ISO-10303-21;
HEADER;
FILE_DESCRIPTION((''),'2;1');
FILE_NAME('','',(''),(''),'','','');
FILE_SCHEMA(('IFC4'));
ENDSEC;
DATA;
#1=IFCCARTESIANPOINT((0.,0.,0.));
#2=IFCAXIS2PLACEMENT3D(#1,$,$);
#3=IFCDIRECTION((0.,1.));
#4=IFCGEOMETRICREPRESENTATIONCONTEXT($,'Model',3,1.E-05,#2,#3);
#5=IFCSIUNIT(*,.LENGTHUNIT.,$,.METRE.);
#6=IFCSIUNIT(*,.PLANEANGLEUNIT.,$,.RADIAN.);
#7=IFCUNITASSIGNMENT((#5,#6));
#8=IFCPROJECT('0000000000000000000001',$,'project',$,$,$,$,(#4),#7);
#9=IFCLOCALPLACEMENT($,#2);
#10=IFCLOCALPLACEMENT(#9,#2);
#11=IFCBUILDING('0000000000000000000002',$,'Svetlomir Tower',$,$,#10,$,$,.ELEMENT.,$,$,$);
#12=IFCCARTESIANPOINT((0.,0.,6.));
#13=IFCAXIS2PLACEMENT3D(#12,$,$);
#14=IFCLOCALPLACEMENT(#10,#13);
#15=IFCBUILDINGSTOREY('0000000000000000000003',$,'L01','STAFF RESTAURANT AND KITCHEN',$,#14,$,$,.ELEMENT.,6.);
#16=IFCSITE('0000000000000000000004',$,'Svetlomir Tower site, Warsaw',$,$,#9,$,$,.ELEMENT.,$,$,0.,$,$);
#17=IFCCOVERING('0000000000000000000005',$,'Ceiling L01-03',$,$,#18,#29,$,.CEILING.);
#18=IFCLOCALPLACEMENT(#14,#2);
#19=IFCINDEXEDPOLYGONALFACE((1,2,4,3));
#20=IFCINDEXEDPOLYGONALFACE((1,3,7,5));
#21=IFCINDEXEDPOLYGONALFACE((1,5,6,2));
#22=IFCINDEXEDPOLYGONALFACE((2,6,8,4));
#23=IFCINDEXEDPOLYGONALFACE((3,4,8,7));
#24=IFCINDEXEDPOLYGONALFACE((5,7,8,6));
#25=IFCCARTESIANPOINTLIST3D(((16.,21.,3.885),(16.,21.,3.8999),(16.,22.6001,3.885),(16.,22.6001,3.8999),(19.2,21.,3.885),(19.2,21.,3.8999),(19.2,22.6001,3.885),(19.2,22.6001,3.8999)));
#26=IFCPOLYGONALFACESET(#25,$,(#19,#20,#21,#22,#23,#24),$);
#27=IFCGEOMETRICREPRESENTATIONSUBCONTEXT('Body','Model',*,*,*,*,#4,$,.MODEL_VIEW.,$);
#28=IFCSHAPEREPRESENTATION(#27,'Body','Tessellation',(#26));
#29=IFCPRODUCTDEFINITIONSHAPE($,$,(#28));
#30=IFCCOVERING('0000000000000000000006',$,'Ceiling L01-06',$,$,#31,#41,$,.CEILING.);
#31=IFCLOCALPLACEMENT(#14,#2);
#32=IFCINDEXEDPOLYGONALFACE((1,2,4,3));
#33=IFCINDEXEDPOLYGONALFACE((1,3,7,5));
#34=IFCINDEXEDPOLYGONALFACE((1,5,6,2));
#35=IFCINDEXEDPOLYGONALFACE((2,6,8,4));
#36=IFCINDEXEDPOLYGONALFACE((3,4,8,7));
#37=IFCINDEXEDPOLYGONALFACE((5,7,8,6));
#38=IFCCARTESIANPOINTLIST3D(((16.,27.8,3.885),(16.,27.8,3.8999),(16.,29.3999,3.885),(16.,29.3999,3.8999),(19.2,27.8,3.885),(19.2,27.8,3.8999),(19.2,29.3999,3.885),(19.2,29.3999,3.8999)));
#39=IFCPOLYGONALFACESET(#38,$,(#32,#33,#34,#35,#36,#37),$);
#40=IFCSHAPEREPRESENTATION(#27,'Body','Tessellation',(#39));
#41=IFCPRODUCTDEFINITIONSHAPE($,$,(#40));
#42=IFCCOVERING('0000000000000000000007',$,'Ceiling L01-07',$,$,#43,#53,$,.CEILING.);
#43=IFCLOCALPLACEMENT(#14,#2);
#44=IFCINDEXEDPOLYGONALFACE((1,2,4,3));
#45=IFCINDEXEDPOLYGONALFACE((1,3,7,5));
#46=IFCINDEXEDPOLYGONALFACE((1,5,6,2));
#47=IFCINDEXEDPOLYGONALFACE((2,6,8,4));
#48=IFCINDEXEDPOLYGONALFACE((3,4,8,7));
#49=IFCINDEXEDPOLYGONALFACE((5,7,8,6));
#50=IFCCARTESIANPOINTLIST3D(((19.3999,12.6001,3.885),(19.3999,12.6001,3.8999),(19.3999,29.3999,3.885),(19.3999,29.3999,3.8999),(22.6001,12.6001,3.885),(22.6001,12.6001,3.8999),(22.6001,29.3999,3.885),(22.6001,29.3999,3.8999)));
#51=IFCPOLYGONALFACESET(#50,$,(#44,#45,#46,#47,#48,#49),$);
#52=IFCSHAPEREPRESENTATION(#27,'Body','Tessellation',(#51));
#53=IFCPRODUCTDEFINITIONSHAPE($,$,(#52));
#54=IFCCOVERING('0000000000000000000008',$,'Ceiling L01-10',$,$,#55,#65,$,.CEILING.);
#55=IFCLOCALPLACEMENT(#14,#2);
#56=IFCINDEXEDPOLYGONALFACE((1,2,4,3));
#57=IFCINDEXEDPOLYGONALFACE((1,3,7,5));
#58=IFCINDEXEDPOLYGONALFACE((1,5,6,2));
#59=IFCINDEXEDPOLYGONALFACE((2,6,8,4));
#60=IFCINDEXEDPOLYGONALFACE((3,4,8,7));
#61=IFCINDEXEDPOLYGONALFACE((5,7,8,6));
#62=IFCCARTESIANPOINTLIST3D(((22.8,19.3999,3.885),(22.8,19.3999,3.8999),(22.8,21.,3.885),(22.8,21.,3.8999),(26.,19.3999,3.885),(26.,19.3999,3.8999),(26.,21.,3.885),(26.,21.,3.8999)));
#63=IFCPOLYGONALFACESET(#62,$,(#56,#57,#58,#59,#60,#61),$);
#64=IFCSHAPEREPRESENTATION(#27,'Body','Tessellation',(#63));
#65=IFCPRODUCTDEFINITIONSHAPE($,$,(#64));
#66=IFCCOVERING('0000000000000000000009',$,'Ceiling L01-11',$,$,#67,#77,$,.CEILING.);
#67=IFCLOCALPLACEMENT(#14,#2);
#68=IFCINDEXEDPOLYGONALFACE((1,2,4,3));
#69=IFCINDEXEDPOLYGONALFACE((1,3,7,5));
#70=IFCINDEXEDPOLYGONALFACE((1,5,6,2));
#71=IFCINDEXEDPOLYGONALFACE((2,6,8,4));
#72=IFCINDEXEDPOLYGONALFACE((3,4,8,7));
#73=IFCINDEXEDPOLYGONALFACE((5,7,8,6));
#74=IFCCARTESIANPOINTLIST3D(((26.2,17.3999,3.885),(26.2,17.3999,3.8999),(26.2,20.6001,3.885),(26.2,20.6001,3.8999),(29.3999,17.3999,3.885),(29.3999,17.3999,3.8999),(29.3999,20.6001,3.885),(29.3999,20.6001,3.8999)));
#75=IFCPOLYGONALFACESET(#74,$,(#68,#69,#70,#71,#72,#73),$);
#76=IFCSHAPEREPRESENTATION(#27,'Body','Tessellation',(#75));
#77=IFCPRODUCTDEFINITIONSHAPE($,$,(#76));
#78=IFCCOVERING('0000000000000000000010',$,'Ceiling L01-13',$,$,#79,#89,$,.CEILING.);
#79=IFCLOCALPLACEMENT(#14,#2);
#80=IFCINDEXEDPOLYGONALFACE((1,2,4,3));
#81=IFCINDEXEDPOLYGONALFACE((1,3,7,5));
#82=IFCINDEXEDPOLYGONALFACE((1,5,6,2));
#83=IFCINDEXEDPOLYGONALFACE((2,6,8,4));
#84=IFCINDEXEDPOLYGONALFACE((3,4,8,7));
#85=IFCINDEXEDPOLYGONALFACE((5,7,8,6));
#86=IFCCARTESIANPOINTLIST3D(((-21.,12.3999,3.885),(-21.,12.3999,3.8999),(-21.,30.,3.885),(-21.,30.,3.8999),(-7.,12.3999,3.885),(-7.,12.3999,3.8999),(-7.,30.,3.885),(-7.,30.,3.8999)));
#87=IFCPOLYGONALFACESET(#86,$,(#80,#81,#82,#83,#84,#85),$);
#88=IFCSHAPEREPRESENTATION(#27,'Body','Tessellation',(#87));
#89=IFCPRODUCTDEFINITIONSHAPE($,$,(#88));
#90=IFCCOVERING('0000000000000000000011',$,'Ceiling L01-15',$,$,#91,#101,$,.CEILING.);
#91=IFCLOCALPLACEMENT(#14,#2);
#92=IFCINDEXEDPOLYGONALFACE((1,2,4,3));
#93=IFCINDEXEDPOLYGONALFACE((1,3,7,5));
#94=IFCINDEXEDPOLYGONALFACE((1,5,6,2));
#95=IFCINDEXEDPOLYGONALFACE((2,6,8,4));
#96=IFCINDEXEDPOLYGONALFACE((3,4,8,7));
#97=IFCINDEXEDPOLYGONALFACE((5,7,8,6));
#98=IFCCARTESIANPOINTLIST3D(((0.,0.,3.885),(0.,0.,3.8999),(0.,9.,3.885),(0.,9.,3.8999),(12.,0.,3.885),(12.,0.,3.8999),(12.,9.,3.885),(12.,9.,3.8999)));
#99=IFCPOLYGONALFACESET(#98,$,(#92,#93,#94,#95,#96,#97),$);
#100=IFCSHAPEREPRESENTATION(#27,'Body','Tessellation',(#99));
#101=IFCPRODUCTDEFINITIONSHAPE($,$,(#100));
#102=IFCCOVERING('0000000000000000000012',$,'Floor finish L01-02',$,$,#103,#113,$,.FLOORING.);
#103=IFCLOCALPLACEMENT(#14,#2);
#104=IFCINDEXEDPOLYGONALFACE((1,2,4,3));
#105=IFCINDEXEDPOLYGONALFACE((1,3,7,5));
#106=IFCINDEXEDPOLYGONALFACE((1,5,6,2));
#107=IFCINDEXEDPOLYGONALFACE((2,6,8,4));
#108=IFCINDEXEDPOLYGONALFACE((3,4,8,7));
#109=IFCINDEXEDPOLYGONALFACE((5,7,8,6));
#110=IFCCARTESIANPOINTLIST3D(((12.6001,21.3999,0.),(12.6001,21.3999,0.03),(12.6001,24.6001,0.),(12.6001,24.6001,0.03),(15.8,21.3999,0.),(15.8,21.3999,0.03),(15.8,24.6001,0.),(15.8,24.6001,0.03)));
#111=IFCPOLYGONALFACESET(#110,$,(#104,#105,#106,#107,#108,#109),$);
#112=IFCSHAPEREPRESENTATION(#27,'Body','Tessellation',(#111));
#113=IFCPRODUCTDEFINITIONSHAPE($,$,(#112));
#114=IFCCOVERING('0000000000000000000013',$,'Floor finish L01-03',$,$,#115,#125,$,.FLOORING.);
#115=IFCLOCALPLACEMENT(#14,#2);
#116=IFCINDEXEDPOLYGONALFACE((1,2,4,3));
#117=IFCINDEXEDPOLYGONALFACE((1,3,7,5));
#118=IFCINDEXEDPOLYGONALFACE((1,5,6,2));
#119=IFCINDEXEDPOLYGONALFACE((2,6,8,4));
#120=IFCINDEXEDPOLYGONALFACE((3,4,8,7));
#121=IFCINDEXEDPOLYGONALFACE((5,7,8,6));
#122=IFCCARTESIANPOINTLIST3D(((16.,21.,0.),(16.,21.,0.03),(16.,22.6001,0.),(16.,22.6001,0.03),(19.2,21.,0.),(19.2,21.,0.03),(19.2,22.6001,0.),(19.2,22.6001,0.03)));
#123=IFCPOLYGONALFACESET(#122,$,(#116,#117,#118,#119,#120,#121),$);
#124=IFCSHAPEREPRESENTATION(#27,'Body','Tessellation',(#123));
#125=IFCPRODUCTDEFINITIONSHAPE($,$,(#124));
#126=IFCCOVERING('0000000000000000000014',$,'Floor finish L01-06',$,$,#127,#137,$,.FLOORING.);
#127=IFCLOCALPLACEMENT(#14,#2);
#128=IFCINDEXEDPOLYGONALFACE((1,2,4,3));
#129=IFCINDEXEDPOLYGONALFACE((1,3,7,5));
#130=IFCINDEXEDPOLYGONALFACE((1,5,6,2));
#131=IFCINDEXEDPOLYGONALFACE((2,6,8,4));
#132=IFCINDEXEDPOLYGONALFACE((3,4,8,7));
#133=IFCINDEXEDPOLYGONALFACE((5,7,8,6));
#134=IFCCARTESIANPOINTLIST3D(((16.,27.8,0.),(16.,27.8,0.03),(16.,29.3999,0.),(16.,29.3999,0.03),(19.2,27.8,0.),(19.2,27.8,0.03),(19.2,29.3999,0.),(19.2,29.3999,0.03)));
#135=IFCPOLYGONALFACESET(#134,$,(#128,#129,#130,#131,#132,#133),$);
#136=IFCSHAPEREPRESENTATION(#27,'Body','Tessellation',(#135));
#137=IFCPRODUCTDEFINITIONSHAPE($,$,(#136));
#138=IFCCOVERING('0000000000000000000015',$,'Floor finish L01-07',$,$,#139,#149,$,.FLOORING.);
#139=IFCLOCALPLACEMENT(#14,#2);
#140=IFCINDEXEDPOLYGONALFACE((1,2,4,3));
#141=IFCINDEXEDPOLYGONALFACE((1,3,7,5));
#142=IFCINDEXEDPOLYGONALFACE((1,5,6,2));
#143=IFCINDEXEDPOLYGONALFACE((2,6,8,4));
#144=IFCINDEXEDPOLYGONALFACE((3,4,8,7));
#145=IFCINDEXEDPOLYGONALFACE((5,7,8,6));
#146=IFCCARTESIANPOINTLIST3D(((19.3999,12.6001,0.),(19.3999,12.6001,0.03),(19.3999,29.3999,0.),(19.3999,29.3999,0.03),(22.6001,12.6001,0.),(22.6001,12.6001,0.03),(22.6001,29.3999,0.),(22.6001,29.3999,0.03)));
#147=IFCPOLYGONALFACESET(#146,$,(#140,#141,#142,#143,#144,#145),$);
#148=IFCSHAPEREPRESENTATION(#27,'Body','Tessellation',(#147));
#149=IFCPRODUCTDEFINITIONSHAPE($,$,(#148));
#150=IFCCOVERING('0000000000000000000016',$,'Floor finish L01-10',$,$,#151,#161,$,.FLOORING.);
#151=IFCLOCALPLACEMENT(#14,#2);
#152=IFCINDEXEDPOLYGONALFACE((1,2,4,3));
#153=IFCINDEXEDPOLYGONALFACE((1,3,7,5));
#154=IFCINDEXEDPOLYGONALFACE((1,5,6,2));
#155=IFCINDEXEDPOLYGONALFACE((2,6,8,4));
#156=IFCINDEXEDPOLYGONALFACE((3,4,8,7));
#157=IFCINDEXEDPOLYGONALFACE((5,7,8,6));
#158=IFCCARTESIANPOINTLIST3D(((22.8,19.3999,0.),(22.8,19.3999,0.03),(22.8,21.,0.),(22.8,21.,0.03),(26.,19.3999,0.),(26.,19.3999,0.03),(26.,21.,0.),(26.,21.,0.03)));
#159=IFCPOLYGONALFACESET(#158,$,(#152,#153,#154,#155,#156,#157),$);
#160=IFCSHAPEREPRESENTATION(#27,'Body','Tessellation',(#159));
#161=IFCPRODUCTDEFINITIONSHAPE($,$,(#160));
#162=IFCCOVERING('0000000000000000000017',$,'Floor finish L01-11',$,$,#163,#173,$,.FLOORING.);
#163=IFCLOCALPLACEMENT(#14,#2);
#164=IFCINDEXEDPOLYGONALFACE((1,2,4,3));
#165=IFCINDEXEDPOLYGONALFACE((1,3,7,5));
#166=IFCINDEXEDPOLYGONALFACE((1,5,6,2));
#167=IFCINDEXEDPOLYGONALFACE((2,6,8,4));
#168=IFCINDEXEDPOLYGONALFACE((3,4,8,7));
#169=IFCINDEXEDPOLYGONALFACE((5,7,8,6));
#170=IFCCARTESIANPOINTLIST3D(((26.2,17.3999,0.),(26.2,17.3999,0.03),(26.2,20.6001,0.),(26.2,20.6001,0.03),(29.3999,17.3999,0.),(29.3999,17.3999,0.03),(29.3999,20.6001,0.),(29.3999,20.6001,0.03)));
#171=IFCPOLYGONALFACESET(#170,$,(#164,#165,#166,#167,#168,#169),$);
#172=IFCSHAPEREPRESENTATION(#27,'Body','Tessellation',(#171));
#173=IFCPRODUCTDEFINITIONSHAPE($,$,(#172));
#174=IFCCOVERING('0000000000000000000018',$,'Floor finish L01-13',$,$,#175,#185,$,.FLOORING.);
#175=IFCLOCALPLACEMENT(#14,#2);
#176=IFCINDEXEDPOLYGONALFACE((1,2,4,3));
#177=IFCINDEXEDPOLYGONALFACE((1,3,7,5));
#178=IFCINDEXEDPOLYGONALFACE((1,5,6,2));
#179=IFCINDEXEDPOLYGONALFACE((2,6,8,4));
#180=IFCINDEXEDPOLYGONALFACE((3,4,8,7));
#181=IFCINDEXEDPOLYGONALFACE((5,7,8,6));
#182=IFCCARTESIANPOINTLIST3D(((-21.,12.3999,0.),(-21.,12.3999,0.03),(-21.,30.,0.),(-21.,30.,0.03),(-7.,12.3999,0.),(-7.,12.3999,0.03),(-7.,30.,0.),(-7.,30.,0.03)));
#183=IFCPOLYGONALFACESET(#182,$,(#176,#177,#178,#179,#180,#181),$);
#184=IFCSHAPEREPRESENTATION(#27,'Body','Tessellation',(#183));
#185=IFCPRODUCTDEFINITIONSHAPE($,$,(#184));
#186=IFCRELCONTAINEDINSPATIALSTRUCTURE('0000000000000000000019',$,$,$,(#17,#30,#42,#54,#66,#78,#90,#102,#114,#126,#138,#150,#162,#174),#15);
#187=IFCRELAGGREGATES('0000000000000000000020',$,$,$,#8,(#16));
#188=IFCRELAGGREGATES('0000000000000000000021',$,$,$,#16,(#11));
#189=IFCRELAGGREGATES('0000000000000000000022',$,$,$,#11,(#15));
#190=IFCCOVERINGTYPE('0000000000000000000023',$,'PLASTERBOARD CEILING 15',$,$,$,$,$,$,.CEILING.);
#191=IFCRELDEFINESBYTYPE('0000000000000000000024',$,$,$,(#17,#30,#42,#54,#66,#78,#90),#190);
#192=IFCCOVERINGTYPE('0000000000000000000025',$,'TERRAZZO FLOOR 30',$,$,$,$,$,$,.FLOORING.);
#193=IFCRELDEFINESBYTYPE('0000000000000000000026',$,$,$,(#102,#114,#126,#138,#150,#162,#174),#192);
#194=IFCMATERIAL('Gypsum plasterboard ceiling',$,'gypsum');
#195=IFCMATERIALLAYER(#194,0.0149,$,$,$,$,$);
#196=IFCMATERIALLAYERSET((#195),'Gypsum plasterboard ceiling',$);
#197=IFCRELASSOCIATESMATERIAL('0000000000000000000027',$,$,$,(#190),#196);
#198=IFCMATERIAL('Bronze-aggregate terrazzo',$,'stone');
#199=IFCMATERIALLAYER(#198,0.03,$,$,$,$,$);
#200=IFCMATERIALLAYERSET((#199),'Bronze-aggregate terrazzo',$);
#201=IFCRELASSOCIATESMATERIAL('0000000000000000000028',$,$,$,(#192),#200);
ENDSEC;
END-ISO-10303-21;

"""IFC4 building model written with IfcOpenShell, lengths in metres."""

from ifc_helpers import new_model, si_unit, direction, frame, origin, place, context, subcontext, project, spatial, polyline, outline, extrude, material, layer, layer_set, type_object, element, save


model = new_model("IFC4")

# Units and contexts
model_context = context("Model", 3, precision=1e-05, world=origin(), true_north=direction((0.0, 1.0)))
body_context = subcontext(model_context, "Body", "Model", "MODEL_VIEW")
ifc_project = project(units=[si_unit("LENGTHUNIT", "METRE"), si_unit("PLANEANGLEUNIT", "RADIAN")], contexts=[model_context])

# Site, building, storey
site_placement = place(None, origin())
site = spatial("IfcSite", under=ifc_project, at=site_placement, Name="Svetlomir Tower site, Warsaw", CompositionType="ELEMENT", RefElevation=0.0)
building_placement = place(site_placement, origin())
building = spatial("IfcBuilding", under=site, at=building_placement, Name="Svetlomir Tower", CompositionType="ELEMENT")
storey_placement = place(building_placement, frame((0.0, 0.0, 6.0)))
storey = spatial("IfcBuildingStorey", under=building, at=storey_placement, Name="L01", Description="STAFF RESTAURANT AND KITCHEN", CompositionType="ELEMENT", Elevation=6.0)

# Coverings
ifc_material_1 = material(Name="Gypsum plasterboard ceiling", Category="gypsum")
ifc_layer_1 = layer(ifc_material_1, 0.0149)
ifc_layer_set_1 = layer_set([ifc_layer_1], Name="Gypsum plasterboard ceiling")
covering_type_1 = type_object("IfcCoveringType", Name="PLASTERBOARD CEILING 15", PredefinedType="CEILING", material=ifc_layer_set_1)
covering_1_placement = place(storey_placement, frame((0.0, 0.0, 3.885)))
element("IfcCovering", 1, at=covering_1_placement, inside=storey, type_object=covering_type_1, Name="Ceiling L01-03", PredefinedType="CEILING", context=body_context, shape_type="SweptSolid", body=[
    extrude(outline(polyline([(16.0, 21.0), (19.2, 21.0), (19.2, 22.6001), (16.0, 22.6001), (16.0, 21.0)])), origin(), (0.0, 0.0, 1.0), 0.0149),
])
covering_2_placement = place(storey_placement, frame((0.0, 0.0, 3.885)))
element("IfcCovering", 2, at=covering_2_placement, inside=storey, type_object=covering_type_1, Name="Ceiling L01-06", PredefinedType="CEILING", context=body_context, shape_type="SweptSolid", body=[
    extrude(outline(polyline([(16.0, 27.8), (19.2, 27.8), (19.2, 29.3999), (16.0, 29.3999), (16.0, 27.8)])), origin(), (0.0, 0.0, 1.0), 0.0149),
])
covering_3_placement = place(storey_placement, frame((0.0, 0.0, 3.885)))
element("IfcCovering", 3, at=covering_3_placement, inside=storey, type_object=covering_type_1, Name="Ceiling L01-07", PredefinedType="CEILING", context=body_context, shape_type="SweptSolid", body=[
    extrude(outline(polyline([(19.3999, 12.6001), (22.6001, 12.6001), (22.6001, 29.3999), (19.3999, 29.3999), (19.3999, 12.6001)])), origin(), (0.0, 0.0, 1.0), 0.0149),
])
covering_4_placement = place(storey_placement, frame((0.0, 0.0, 3.885)))
element("IfcCovering", 4, at=covering_4_placement, inside=storey, type_object=covering_type_1, Name="Ceiling L01-10", PredefinedType="CEILING", context=body_context, shape_type="SweptSolid", body=[
    extrude(outline(polyline([(22.8, 19.3999), (26.0, 19.3999), (26.0, 21.0), (22.8, 21.0), (22.8, 19.3999)])), origin(), (0.0, 0.0, 1.0), 0.0149),
])
covering_5_placement = place(storey_placement, frame((0.0, 0.0, 3.885)))
element("IfcCovering", 5, at=covering_5_placement, inside=storey, type_object=covering_type_1, Name="Ceiling L01-11", PredefinedType="CEILING", context=body_context, shape_type="SweptSolid", body=[
    extrude(outline(polyline([(26.2, 17.3999), (29.3999, 17.3999), (29.3999, 20.6001), (26.2, 20.6001), (26.2, 17.3999)])), origin(), (0.0, 0.0, 1.0), 0.0149),
])
covering_6_placement = place(storey_placement, frame((0.0, 0.0, 3.885)))
element("IfcCovering", 6, at=covering_6_placement, inside=storey, type_object=covering_type_1, Name="Ceiling L01-13", PredefinedType="CEILING", context=body_context, shape_type="SweptSolid", body=[
    extrude(outline(polyline([(-21.0, 12.3999), (-7.0, 12.3999), (-7.0, 30.0), (-21.0, 30.0), (-21.0, 12.3999)])), origin(), (0.0, 0.0, 1.0), 0.0149),
])
covering_7_placement = place(storey_placement, frame((0.0, 0.0, 3.885)))
element("IfcCovering", 7, at=covering_7_placement, inside=storey, type_object=covering_type_1, Name="Ceiling L01-15", PredefinedType="CEILING", context=body_context, shape_type="SweptSolid", body=[
    extrude(outline(polyline([(0.0, 0.0), (12.0, 0.0), (12.0, 9.0), (0.0, 9.0), (0.0, 0.0)])), origin(), (0.0, 0.0, 1.0), 0.0149),
])
ifc_material_2 = material(Name="Bronze-aggregate terrazzo", Category="stone")
ifc_layer_2 = layer(ifc_material_2, 0.03)
ifc_layer_set_2 = layer_set([ifc_layer_2], Name="Bronze-aggregate terrazzo")
covering_type_2 = type_object("IfcCoveringType", Name="TERRAZZO FLOOR 30", PredefinedType="FLOORING", material=ifc_layer_set_2)
covering_8_placement = place(storey_placement, origin())
element("IfcCovering", 8, at=covering_8_placement, inside=storey, type_object=covering_type_2, Name="Floor finish L01-02", PredefinedType="FLOORING", context=body_context, shape_type="SweptSolid", body=[
    extrude(outline(polyline([(12.6001, 21.3999), (15.8, 21.3999), (15.8, 24.6001), (12.6001, 24.6001), (12.6001, 21.3999)])), origin(), (0.0, 0.0, 1.0), 0.03),
])
covering_9_placement = place(storey_placement, origin())
element("IfcCovering", 9, at=covering_9_placement, inside=storey, type_object=covering_type_2, Name="Floor finish L01-03", PredefinedType="FLOORING", context=body_context, shape_type="SweptSolid", body=[
    extrude(outline(polyline([(16.0, 21.0), (19.2, 21.0), (19.2, 22.6001), (16.0, 22.6001), (16.0, 21.0)])), origin(), (0.0, 0.0, 1.0), 0.03),
])
covering_10_placement = place(storey_placement, origin())
element("IfcCovering", 10, at=covering_10_placement, inside=storey, type_object=covering_type_2, Name="Floor finish L01-06", PredefinedType="FLOORING", context=body_context, shape_type="SweptSolid", body=[
    extrude(outline(polyline([(16.0, 27.8), (19.2, 27.8), (19.2, 29.3999), (16.0, 29.3999), (16.0, 27.8)])), origin(), (0.0, 0.0, 1.0), 0.03),
])
covering_11_placement = place(storey_placement, origin())
element("IfcCovering", 11, at=covering_11_placement, inside=storey, type_object=covering_type_2, Name="Floor finish L01-07", PredefinedType="FLOORING", context=body_context, shape_type="SweptSolid", body=[
    extrude(outline(polyline([(19.3999, 12.6001), (22.6001, 12.6001), (22.6001, 29.3999), (19.3999, 29.3999), (19.3999, 12.6001)])), origin(), (0.0, 0.0, 1.0), 0.03),
])
covering_12_placement = place(storey_placement, origin())
element("IfcCovering", 12, at=covering_12_placement, inside=storey, type_object=covering_type_2, Name="Floor finish L01-10", PredefinedType="FLOORING", context=body_context, shape_type="SweptSolid", body=[
    extrude(outline(polyline([(22.8, 19.3999), (26.0, 19.3999), (26.0, 21.0), (22.8, 21.0), (22.8, 19.3999)])), origin(), (0.0, 0.0, 1.0), 0.03),
])
covering_13_placement = place(storey_placement, origin())
element("IfcCovering", 13, at=covering_13_placement, inside=storey, type_object=covering_type_2, Name="Floor finish L01-11", PredefinedType="FLOORING", context=body_context, shape_type="SweptSolid", body=[
    extrude(outline(polyline([(26.2, 17.3999), (29.3999, 17.3999), (29.3999, 20.6001), (26.2, 20.6001), (26.2, 17.3999)])), origin(), (0.0, 0.0, 1.0), 0.03),
])
covering_14_placement = place(storey_placement, origin())
element("IfcCovering", 14, at=covering_14_placement, inside=storey, type_object=covering_type_2, Name="Floor finish L01-13", PredefinedType="FLOORING", context=body_context, shape_type="SweptSolid", body=[
    extrude(outline(polyline([(-21.0, 12.3999), (-7.0, 12.3999), (-7.0, 30.0), (-21.0, 30.0), (-21.0, 12.3999)])), origin(), (0.0, 0.0, 1.0), 0.03),
])

save(model, "model.ifc")
